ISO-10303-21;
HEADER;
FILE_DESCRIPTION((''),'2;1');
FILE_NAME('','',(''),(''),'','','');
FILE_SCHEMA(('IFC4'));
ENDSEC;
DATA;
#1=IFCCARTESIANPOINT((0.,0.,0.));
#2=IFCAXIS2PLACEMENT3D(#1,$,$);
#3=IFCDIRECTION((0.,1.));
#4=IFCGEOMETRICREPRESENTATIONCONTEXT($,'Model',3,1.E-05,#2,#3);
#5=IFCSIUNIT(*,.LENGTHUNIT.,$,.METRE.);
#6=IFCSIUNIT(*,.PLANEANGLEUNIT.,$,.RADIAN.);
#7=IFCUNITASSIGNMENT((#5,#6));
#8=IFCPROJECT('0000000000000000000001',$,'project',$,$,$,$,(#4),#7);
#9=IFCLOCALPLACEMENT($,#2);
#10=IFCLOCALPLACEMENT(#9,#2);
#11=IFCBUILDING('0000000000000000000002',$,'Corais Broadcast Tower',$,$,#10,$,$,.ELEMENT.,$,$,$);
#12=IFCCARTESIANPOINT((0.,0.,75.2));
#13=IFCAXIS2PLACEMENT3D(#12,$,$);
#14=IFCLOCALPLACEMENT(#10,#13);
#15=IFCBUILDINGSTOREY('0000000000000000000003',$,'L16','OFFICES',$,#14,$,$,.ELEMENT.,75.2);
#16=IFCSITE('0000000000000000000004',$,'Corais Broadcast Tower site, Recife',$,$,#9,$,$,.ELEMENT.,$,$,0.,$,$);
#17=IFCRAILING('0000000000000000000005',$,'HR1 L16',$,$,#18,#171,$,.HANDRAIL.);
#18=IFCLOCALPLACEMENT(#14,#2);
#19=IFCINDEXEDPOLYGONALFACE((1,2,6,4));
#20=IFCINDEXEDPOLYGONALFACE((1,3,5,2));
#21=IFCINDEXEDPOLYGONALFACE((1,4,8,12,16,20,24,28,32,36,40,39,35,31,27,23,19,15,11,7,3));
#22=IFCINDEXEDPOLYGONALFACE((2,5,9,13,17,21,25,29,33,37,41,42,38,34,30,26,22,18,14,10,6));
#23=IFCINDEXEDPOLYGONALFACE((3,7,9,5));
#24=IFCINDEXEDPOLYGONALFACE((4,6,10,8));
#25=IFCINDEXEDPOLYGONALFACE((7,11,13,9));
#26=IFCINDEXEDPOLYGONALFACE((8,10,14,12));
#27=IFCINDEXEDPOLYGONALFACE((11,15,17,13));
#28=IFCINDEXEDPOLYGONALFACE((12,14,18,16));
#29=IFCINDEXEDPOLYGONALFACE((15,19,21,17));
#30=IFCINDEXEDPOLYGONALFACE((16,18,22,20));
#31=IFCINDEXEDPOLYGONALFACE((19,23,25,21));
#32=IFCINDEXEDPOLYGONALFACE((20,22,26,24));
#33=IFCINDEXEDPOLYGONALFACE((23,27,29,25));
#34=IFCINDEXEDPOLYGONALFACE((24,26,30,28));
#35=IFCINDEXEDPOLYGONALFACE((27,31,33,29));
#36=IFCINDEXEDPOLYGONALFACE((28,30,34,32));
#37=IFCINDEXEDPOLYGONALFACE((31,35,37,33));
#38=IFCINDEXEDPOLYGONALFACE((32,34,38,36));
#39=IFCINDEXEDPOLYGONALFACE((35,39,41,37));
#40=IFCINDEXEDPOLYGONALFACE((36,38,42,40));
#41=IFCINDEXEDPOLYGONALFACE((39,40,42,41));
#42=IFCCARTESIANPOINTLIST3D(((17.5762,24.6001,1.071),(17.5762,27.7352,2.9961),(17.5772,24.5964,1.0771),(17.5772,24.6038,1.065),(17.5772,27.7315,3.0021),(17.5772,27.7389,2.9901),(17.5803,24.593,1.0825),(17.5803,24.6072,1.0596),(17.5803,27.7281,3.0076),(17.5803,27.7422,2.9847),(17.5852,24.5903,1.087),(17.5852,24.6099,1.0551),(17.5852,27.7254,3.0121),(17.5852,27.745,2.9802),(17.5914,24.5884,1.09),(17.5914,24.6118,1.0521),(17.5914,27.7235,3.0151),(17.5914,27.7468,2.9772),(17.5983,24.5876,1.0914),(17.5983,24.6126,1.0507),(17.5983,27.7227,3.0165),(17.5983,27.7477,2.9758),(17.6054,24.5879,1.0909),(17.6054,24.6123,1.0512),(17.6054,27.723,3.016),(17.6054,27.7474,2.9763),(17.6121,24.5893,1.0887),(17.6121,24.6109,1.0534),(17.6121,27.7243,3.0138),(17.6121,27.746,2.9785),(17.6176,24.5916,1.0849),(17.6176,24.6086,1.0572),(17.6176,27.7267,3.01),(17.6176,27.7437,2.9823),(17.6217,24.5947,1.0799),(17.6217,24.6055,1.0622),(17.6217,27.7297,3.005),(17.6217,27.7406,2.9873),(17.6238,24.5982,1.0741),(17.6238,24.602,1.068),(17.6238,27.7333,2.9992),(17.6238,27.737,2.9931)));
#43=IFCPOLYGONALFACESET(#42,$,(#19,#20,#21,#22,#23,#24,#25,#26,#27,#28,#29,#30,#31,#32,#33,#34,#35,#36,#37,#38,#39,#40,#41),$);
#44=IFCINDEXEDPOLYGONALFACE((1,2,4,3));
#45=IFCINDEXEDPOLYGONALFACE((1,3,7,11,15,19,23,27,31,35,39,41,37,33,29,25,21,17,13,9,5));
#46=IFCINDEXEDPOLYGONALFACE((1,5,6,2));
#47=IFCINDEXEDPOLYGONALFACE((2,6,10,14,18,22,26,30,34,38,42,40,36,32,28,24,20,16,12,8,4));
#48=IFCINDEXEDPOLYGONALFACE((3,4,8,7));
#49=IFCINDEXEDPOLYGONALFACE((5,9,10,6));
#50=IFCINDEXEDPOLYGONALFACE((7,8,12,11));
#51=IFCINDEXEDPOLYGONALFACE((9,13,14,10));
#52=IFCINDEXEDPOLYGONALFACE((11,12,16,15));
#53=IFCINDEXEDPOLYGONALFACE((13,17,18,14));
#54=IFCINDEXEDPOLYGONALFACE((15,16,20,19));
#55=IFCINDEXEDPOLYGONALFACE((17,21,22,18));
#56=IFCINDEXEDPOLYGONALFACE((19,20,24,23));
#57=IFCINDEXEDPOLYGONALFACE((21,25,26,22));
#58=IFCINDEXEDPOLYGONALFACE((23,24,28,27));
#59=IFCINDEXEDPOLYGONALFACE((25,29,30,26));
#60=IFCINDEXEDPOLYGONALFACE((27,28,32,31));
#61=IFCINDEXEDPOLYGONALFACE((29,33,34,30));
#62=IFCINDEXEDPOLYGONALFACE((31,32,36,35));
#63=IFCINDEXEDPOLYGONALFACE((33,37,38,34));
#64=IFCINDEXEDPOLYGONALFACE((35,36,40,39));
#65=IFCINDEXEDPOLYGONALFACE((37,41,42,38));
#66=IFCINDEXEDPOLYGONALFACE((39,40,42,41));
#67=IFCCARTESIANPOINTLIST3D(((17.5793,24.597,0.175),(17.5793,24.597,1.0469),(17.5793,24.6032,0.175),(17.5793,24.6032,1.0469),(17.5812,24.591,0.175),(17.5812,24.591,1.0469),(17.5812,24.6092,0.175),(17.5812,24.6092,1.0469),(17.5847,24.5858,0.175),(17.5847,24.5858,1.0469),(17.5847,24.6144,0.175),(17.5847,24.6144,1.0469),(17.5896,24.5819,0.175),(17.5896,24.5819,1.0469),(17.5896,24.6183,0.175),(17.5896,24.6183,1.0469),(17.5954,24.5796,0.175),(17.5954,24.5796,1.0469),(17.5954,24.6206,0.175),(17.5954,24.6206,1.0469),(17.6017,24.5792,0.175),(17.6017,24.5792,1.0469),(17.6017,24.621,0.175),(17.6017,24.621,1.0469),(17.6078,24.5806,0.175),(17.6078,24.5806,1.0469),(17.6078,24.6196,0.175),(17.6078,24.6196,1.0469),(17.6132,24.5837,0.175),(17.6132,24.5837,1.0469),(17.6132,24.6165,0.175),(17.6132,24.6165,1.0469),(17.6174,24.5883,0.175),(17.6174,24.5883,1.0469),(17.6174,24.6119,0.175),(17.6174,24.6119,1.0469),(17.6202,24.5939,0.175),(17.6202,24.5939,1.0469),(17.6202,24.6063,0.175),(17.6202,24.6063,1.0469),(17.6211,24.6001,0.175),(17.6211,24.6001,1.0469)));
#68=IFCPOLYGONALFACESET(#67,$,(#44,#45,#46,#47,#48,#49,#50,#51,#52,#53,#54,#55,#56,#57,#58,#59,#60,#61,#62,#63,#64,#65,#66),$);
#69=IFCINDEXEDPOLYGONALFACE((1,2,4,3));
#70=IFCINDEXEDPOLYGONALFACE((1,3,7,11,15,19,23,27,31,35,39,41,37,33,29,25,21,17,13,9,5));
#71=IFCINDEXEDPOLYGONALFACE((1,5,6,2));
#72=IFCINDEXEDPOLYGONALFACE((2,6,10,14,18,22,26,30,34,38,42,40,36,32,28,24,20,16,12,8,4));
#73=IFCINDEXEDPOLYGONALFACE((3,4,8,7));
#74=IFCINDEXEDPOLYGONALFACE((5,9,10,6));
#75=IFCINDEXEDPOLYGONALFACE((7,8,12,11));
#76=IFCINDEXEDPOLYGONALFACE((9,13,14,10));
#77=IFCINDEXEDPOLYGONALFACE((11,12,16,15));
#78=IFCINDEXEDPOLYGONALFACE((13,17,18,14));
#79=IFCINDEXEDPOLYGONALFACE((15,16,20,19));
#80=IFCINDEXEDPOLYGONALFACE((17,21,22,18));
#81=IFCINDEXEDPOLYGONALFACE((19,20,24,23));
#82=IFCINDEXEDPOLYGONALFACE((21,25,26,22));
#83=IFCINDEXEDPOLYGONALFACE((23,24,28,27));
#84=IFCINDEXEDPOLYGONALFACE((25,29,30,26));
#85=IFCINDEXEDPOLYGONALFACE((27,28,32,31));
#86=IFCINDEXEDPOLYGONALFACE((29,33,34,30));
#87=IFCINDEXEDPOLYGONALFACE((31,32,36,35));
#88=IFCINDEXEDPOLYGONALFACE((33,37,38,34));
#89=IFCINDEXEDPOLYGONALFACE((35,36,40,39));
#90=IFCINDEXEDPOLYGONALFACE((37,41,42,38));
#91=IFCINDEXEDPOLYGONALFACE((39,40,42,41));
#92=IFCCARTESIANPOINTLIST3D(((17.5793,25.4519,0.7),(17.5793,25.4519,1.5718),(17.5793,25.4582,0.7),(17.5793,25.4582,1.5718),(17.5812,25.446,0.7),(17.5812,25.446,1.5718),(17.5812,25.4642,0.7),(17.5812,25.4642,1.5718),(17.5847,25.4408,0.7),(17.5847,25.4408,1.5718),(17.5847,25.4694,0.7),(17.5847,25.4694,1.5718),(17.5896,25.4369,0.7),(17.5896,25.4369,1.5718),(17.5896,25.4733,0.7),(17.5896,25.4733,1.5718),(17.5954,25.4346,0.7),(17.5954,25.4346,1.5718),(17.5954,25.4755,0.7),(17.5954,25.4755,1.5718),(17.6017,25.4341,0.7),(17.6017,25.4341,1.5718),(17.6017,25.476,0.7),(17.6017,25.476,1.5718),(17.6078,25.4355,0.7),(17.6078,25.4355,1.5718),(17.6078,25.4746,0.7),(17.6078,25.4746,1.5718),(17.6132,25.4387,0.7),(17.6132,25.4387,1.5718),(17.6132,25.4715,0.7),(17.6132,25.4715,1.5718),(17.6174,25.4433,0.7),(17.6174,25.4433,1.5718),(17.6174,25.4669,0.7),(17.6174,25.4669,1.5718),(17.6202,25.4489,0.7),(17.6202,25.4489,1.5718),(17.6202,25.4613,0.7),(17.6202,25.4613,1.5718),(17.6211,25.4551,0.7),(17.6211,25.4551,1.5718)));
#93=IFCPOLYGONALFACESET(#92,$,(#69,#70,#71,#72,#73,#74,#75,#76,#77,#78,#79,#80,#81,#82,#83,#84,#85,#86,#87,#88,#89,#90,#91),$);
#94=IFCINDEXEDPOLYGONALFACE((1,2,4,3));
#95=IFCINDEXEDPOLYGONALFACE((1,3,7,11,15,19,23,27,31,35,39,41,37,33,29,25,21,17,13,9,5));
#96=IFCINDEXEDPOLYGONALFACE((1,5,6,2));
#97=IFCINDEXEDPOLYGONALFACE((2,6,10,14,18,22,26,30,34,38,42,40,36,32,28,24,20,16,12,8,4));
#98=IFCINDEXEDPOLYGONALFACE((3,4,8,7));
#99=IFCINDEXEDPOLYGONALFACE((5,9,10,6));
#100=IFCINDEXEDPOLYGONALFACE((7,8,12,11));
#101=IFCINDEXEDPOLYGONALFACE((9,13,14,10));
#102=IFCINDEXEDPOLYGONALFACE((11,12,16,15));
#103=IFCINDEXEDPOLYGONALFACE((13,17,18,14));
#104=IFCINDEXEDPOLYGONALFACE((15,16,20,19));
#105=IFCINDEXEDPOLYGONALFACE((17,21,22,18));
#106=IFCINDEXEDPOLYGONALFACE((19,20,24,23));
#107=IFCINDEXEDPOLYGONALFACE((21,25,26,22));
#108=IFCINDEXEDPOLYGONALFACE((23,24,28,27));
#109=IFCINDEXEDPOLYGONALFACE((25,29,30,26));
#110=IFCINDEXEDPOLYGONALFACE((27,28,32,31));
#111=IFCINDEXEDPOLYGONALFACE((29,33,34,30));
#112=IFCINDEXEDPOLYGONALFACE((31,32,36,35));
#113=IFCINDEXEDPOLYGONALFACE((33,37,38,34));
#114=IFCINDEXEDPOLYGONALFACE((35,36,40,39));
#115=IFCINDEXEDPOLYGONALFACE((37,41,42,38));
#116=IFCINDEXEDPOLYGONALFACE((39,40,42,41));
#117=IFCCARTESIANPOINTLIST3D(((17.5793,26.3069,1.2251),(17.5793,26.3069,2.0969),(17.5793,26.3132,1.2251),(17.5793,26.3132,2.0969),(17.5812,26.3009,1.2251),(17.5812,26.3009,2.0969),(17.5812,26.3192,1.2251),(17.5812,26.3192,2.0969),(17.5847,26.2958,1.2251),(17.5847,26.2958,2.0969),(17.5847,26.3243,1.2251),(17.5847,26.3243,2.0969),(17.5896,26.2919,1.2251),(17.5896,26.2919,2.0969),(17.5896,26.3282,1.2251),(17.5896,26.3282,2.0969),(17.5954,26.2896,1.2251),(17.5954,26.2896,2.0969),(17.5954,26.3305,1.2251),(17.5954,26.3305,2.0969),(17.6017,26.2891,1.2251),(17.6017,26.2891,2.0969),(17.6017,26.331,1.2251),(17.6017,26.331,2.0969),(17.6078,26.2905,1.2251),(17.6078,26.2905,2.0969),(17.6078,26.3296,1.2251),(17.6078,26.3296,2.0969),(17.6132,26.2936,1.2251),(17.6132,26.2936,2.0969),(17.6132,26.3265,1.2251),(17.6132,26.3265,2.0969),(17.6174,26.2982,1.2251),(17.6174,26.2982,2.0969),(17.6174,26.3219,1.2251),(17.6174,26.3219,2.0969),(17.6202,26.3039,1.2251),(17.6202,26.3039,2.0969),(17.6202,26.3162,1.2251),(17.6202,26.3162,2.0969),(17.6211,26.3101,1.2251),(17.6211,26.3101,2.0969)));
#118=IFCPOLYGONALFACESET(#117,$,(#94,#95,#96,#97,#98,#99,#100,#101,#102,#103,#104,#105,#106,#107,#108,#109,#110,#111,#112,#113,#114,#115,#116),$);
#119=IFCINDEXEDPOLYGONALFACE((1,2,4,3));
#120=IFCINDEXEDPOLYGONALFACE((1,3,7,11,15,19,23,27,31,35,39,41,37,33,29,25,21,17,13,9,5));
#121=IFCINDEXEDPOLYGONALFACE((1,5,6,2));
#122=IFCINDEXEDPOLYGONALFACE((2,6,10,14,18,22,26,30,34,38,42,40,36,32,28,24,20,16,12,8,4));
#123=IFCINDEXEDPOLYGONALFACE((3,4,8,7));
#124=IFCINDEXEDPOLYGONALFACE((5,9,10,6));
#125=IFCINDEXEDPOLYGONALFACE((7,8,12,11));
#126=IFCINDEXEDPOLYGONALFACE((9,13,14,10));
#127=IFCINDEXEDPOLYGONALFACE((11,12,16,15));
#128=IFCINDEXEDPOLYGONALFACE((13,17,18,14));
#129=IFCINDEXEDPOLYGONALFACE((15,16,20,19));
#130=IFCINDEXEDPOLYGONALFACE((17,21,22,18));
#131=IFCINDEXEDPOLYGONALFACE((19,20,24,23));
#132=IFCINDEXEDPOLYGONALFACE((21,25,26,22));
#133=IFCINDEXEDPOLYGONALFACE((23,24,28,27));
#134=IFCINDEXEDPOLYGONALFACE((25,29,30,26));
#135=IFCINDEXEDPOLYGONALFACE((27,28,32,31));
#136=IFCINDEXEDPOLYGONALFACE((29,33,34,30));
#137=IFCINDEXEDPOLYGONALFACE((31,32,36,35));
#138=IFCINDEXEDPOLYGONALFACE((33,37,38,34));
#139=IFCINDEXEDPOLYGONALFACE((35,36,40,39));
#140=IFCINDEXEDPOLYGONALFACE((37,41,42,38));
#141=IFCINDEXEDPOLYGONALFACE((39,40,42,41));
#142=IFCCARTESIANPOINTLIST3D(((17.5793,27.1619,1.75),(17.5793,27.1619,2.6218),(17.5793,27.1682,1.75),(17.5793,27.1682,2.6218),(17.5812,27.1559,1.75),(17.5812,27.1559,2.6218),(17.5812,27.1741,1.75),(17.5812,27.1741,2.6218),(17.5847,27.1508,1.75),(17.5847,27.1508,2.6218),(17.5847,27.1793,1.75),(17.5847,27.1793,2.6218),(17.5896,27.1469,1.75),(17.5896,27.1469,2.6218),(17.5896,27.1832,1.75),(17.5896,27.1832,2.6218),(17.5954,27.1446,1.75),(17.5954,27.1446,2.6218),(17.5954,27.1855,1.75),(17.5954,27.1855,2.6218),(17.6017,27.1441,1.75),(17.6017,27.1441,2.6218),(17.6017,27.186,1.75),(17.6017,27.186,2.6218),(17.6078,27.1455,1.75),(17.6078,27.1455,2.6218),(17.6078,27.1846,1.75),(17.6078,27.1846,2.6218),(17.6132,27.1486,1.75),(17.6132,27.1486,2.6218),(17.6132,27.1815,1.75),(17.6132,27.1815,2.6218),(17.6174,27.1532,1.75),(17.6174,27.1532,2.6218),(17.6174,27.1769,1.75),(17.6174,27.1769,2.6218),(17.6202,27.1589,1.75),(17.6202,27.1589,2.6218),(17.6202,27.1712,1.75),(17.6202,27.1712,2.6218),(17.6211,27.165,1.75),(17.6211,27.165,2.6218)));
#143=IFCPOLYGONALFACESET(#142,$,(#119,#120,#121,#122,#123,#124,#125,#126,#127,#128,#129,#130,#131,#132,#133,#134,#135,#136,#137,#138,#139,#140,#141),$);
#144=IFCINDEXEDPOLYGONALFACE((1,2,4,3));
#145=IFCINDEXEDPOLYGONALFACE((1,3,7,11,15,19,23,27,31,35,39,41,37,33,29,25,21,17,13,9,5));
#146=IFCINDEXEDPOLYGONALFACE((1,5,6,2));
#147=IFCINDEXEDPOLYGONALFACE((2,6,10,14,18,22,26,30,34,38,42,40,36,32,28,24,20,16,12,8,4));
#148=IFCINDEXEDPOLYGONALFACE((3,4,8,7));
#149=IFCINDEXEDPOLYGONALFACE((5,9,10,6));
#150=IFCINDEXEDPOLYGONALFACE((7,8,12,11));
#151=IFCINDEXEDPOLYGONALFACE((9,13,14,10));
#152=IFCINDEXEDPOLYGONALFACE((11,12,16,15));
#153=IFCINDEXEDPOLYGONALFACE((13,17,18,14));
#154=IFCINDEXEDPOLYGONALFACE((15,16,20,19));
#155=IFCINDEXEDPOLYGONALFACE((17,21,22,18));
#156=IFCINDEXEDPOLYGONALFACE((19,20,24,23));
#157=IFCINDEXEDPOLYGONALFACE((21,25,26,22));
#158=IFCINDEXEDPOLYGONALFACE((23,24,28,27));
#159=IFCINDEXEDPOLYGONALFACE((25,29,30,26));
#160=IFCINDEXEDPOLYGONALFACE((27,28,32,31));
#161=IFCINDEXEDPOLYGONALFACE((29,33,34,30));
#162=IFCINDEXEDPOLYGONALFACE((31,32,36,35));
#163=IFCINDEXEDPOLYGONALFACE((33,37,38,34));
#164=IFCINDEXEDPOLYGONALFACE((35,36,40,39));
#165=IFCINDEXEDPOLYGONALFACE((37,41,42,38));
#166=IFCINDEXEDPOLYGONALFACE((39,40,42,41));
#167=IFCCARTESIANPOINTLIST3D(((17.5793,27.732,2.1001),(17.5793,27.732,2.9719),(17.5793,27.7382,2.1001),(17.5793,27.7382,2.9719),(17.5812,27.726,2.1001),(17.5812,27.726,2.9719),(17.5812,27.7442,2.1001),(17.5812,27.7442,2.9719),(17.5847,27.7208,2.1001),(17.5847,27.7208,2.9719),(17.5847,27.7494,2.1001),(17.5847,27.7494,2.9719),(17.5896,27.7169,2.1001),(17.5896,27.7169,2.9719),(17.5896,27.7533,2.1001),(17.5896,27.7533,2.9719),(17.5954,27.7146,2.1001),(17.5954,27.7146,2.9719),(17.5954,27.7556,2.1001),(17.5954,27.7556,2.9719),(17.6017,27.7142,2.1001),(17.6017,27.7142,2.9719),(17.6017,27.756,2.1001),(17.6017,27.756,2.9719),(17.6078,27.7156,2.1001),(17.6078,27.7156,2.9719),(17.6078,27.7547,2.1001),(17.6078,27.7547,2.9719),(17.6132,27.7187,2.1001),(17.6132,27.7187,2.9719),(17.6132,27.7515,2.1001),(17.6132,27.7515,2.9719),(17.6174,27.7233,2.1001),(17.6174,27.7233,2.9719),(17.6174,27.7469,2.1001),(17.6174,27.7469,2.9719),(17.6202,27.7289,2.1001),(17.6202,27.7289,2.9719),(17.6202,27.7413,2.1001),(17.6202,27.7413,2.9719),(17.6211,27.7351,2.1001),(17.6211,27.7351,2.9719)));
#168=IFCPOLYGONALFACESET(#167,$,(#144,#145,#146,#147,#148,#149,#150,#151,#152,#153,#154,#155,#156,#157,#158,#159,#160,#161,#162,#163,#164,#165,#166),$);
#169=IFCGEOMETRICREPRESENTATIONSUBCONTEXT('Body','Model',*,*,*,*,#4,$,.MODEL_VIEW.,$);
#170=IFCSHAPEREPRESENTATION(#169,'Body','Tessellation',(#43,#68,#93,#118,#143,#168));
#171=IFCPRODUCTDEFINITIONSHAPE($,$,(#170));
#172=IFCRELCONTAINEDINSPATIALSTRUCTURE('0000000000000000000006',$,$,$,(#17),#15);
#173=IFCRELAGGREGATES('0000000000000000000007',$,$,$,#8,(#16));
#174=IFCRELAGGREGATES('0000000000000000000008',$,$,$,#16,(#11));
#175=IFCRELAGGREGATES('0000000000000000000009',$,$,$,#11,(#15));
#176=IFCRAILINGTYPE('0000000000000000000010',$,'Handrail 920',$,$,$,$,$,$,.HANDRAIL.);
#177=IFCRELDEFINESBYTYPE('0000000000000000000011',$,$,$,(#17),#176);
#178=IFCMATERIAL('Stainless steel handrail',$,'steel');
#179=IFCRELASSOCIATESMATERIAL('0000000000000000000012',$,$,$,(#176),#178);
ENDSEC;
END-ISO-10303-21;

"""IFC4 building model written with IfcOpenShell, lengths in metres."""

from ifc_helpers import new_model, si_unit, direction, frame, origin, origin_2d, place, context, subcontext, project, spatial, circle, extrude, material, type_object, element, save


model = new_model("IFC4")

# Units and contexts
model_context = context("Model", 3, precision=1e-05, world=origin(), true_north=direction((0.0, 1.0)))
body_context = subcontext(model_context, "Body", "Model", "MODEL_VIEW")
ifc_project = project(units=[si_unit("LENGTHUNIT", "METRE"), si_unit("PLANEANGLEUNIT", "RADIAN")], contexts=[model_context])

# Site, building, storey
site_placement = place(None, origin())
site = spatial("IfcSite", under=ifc_project, at=site_placement, Name="Corais Broadcast Tower site, Recife", CompositionType="ELEMENT", RefElevation=0.0)
building_placement = place(site_placement, origin())
building = spatial("IfcBuilding", under=site, at=building_placement, Name="Corais Broadcast Tower", CompositionType="ELEMENT")
storey_placement = place(building_placement, frame((0.0, 0.0, 75.2)))
storey = spatial("IfcBuildingStorey", under=building, at=storey_placement, Name="L16", Description="OFFICES", CompositionType="ELEMENT", Elevation=75.2)

# Railing
ifc_material_1 = material(Name="Stainless steel handrail", Category="steel")
railing_type = type_object("IfcRailingType", Name="Handrail 920", PredefinedType="HANDRAIL", material=ifc_material_1)
for number, where, name in (
    (1, (17.6001, 24.6001, 0.175), "HR1 L16"),
):
    element("IfcRailing", number, at=place(storey_placement, frame(where)), inside=storey, type_object=railing_type, Name=name, PredefinedType="HANDRAIL", context=body_context, shape_type="SweptSolid", body=[
        extrude(circle(Radius=0.0239, at=origin_2d()), frame((0.0, 0.0, 0.896), z_axis=(0.0, 0.852166, 0.523271), x_axis=(-1.0, 0.0, 0.0)), (0.0, 0.0, 1.0), 3.679),
        extrude(circle(Radius=0.021, at=origin_2d()), origin(), (0.0, 0.0, 1.0), 0.8718),
        extrude(circle(Radius=0.021, at=origin_2d()), frame((0.0, 0.855, 0.5249)), (0.0, 0.0, 1.0), 0.8718),
        extrude(circle(Radius=0.021, at=origin_2d()), frame((0.0, 1.71, 1.05)), (0.0, 0.0, 1.0), 0.8718),
        extrude(circle(Radius=0.021, at=origin_2d()), frame((0.0, 2.5649, 1.575)), (0.0, 0.0, 1.0), 0.8718),
        extrude(circle(Radius=0.021, at=origin_2d()), frame((0.0, 3.135, 1.925)), (0.0, 0.0, 1.0), 0.8718),
    ])

save(model, "model.ifc")
